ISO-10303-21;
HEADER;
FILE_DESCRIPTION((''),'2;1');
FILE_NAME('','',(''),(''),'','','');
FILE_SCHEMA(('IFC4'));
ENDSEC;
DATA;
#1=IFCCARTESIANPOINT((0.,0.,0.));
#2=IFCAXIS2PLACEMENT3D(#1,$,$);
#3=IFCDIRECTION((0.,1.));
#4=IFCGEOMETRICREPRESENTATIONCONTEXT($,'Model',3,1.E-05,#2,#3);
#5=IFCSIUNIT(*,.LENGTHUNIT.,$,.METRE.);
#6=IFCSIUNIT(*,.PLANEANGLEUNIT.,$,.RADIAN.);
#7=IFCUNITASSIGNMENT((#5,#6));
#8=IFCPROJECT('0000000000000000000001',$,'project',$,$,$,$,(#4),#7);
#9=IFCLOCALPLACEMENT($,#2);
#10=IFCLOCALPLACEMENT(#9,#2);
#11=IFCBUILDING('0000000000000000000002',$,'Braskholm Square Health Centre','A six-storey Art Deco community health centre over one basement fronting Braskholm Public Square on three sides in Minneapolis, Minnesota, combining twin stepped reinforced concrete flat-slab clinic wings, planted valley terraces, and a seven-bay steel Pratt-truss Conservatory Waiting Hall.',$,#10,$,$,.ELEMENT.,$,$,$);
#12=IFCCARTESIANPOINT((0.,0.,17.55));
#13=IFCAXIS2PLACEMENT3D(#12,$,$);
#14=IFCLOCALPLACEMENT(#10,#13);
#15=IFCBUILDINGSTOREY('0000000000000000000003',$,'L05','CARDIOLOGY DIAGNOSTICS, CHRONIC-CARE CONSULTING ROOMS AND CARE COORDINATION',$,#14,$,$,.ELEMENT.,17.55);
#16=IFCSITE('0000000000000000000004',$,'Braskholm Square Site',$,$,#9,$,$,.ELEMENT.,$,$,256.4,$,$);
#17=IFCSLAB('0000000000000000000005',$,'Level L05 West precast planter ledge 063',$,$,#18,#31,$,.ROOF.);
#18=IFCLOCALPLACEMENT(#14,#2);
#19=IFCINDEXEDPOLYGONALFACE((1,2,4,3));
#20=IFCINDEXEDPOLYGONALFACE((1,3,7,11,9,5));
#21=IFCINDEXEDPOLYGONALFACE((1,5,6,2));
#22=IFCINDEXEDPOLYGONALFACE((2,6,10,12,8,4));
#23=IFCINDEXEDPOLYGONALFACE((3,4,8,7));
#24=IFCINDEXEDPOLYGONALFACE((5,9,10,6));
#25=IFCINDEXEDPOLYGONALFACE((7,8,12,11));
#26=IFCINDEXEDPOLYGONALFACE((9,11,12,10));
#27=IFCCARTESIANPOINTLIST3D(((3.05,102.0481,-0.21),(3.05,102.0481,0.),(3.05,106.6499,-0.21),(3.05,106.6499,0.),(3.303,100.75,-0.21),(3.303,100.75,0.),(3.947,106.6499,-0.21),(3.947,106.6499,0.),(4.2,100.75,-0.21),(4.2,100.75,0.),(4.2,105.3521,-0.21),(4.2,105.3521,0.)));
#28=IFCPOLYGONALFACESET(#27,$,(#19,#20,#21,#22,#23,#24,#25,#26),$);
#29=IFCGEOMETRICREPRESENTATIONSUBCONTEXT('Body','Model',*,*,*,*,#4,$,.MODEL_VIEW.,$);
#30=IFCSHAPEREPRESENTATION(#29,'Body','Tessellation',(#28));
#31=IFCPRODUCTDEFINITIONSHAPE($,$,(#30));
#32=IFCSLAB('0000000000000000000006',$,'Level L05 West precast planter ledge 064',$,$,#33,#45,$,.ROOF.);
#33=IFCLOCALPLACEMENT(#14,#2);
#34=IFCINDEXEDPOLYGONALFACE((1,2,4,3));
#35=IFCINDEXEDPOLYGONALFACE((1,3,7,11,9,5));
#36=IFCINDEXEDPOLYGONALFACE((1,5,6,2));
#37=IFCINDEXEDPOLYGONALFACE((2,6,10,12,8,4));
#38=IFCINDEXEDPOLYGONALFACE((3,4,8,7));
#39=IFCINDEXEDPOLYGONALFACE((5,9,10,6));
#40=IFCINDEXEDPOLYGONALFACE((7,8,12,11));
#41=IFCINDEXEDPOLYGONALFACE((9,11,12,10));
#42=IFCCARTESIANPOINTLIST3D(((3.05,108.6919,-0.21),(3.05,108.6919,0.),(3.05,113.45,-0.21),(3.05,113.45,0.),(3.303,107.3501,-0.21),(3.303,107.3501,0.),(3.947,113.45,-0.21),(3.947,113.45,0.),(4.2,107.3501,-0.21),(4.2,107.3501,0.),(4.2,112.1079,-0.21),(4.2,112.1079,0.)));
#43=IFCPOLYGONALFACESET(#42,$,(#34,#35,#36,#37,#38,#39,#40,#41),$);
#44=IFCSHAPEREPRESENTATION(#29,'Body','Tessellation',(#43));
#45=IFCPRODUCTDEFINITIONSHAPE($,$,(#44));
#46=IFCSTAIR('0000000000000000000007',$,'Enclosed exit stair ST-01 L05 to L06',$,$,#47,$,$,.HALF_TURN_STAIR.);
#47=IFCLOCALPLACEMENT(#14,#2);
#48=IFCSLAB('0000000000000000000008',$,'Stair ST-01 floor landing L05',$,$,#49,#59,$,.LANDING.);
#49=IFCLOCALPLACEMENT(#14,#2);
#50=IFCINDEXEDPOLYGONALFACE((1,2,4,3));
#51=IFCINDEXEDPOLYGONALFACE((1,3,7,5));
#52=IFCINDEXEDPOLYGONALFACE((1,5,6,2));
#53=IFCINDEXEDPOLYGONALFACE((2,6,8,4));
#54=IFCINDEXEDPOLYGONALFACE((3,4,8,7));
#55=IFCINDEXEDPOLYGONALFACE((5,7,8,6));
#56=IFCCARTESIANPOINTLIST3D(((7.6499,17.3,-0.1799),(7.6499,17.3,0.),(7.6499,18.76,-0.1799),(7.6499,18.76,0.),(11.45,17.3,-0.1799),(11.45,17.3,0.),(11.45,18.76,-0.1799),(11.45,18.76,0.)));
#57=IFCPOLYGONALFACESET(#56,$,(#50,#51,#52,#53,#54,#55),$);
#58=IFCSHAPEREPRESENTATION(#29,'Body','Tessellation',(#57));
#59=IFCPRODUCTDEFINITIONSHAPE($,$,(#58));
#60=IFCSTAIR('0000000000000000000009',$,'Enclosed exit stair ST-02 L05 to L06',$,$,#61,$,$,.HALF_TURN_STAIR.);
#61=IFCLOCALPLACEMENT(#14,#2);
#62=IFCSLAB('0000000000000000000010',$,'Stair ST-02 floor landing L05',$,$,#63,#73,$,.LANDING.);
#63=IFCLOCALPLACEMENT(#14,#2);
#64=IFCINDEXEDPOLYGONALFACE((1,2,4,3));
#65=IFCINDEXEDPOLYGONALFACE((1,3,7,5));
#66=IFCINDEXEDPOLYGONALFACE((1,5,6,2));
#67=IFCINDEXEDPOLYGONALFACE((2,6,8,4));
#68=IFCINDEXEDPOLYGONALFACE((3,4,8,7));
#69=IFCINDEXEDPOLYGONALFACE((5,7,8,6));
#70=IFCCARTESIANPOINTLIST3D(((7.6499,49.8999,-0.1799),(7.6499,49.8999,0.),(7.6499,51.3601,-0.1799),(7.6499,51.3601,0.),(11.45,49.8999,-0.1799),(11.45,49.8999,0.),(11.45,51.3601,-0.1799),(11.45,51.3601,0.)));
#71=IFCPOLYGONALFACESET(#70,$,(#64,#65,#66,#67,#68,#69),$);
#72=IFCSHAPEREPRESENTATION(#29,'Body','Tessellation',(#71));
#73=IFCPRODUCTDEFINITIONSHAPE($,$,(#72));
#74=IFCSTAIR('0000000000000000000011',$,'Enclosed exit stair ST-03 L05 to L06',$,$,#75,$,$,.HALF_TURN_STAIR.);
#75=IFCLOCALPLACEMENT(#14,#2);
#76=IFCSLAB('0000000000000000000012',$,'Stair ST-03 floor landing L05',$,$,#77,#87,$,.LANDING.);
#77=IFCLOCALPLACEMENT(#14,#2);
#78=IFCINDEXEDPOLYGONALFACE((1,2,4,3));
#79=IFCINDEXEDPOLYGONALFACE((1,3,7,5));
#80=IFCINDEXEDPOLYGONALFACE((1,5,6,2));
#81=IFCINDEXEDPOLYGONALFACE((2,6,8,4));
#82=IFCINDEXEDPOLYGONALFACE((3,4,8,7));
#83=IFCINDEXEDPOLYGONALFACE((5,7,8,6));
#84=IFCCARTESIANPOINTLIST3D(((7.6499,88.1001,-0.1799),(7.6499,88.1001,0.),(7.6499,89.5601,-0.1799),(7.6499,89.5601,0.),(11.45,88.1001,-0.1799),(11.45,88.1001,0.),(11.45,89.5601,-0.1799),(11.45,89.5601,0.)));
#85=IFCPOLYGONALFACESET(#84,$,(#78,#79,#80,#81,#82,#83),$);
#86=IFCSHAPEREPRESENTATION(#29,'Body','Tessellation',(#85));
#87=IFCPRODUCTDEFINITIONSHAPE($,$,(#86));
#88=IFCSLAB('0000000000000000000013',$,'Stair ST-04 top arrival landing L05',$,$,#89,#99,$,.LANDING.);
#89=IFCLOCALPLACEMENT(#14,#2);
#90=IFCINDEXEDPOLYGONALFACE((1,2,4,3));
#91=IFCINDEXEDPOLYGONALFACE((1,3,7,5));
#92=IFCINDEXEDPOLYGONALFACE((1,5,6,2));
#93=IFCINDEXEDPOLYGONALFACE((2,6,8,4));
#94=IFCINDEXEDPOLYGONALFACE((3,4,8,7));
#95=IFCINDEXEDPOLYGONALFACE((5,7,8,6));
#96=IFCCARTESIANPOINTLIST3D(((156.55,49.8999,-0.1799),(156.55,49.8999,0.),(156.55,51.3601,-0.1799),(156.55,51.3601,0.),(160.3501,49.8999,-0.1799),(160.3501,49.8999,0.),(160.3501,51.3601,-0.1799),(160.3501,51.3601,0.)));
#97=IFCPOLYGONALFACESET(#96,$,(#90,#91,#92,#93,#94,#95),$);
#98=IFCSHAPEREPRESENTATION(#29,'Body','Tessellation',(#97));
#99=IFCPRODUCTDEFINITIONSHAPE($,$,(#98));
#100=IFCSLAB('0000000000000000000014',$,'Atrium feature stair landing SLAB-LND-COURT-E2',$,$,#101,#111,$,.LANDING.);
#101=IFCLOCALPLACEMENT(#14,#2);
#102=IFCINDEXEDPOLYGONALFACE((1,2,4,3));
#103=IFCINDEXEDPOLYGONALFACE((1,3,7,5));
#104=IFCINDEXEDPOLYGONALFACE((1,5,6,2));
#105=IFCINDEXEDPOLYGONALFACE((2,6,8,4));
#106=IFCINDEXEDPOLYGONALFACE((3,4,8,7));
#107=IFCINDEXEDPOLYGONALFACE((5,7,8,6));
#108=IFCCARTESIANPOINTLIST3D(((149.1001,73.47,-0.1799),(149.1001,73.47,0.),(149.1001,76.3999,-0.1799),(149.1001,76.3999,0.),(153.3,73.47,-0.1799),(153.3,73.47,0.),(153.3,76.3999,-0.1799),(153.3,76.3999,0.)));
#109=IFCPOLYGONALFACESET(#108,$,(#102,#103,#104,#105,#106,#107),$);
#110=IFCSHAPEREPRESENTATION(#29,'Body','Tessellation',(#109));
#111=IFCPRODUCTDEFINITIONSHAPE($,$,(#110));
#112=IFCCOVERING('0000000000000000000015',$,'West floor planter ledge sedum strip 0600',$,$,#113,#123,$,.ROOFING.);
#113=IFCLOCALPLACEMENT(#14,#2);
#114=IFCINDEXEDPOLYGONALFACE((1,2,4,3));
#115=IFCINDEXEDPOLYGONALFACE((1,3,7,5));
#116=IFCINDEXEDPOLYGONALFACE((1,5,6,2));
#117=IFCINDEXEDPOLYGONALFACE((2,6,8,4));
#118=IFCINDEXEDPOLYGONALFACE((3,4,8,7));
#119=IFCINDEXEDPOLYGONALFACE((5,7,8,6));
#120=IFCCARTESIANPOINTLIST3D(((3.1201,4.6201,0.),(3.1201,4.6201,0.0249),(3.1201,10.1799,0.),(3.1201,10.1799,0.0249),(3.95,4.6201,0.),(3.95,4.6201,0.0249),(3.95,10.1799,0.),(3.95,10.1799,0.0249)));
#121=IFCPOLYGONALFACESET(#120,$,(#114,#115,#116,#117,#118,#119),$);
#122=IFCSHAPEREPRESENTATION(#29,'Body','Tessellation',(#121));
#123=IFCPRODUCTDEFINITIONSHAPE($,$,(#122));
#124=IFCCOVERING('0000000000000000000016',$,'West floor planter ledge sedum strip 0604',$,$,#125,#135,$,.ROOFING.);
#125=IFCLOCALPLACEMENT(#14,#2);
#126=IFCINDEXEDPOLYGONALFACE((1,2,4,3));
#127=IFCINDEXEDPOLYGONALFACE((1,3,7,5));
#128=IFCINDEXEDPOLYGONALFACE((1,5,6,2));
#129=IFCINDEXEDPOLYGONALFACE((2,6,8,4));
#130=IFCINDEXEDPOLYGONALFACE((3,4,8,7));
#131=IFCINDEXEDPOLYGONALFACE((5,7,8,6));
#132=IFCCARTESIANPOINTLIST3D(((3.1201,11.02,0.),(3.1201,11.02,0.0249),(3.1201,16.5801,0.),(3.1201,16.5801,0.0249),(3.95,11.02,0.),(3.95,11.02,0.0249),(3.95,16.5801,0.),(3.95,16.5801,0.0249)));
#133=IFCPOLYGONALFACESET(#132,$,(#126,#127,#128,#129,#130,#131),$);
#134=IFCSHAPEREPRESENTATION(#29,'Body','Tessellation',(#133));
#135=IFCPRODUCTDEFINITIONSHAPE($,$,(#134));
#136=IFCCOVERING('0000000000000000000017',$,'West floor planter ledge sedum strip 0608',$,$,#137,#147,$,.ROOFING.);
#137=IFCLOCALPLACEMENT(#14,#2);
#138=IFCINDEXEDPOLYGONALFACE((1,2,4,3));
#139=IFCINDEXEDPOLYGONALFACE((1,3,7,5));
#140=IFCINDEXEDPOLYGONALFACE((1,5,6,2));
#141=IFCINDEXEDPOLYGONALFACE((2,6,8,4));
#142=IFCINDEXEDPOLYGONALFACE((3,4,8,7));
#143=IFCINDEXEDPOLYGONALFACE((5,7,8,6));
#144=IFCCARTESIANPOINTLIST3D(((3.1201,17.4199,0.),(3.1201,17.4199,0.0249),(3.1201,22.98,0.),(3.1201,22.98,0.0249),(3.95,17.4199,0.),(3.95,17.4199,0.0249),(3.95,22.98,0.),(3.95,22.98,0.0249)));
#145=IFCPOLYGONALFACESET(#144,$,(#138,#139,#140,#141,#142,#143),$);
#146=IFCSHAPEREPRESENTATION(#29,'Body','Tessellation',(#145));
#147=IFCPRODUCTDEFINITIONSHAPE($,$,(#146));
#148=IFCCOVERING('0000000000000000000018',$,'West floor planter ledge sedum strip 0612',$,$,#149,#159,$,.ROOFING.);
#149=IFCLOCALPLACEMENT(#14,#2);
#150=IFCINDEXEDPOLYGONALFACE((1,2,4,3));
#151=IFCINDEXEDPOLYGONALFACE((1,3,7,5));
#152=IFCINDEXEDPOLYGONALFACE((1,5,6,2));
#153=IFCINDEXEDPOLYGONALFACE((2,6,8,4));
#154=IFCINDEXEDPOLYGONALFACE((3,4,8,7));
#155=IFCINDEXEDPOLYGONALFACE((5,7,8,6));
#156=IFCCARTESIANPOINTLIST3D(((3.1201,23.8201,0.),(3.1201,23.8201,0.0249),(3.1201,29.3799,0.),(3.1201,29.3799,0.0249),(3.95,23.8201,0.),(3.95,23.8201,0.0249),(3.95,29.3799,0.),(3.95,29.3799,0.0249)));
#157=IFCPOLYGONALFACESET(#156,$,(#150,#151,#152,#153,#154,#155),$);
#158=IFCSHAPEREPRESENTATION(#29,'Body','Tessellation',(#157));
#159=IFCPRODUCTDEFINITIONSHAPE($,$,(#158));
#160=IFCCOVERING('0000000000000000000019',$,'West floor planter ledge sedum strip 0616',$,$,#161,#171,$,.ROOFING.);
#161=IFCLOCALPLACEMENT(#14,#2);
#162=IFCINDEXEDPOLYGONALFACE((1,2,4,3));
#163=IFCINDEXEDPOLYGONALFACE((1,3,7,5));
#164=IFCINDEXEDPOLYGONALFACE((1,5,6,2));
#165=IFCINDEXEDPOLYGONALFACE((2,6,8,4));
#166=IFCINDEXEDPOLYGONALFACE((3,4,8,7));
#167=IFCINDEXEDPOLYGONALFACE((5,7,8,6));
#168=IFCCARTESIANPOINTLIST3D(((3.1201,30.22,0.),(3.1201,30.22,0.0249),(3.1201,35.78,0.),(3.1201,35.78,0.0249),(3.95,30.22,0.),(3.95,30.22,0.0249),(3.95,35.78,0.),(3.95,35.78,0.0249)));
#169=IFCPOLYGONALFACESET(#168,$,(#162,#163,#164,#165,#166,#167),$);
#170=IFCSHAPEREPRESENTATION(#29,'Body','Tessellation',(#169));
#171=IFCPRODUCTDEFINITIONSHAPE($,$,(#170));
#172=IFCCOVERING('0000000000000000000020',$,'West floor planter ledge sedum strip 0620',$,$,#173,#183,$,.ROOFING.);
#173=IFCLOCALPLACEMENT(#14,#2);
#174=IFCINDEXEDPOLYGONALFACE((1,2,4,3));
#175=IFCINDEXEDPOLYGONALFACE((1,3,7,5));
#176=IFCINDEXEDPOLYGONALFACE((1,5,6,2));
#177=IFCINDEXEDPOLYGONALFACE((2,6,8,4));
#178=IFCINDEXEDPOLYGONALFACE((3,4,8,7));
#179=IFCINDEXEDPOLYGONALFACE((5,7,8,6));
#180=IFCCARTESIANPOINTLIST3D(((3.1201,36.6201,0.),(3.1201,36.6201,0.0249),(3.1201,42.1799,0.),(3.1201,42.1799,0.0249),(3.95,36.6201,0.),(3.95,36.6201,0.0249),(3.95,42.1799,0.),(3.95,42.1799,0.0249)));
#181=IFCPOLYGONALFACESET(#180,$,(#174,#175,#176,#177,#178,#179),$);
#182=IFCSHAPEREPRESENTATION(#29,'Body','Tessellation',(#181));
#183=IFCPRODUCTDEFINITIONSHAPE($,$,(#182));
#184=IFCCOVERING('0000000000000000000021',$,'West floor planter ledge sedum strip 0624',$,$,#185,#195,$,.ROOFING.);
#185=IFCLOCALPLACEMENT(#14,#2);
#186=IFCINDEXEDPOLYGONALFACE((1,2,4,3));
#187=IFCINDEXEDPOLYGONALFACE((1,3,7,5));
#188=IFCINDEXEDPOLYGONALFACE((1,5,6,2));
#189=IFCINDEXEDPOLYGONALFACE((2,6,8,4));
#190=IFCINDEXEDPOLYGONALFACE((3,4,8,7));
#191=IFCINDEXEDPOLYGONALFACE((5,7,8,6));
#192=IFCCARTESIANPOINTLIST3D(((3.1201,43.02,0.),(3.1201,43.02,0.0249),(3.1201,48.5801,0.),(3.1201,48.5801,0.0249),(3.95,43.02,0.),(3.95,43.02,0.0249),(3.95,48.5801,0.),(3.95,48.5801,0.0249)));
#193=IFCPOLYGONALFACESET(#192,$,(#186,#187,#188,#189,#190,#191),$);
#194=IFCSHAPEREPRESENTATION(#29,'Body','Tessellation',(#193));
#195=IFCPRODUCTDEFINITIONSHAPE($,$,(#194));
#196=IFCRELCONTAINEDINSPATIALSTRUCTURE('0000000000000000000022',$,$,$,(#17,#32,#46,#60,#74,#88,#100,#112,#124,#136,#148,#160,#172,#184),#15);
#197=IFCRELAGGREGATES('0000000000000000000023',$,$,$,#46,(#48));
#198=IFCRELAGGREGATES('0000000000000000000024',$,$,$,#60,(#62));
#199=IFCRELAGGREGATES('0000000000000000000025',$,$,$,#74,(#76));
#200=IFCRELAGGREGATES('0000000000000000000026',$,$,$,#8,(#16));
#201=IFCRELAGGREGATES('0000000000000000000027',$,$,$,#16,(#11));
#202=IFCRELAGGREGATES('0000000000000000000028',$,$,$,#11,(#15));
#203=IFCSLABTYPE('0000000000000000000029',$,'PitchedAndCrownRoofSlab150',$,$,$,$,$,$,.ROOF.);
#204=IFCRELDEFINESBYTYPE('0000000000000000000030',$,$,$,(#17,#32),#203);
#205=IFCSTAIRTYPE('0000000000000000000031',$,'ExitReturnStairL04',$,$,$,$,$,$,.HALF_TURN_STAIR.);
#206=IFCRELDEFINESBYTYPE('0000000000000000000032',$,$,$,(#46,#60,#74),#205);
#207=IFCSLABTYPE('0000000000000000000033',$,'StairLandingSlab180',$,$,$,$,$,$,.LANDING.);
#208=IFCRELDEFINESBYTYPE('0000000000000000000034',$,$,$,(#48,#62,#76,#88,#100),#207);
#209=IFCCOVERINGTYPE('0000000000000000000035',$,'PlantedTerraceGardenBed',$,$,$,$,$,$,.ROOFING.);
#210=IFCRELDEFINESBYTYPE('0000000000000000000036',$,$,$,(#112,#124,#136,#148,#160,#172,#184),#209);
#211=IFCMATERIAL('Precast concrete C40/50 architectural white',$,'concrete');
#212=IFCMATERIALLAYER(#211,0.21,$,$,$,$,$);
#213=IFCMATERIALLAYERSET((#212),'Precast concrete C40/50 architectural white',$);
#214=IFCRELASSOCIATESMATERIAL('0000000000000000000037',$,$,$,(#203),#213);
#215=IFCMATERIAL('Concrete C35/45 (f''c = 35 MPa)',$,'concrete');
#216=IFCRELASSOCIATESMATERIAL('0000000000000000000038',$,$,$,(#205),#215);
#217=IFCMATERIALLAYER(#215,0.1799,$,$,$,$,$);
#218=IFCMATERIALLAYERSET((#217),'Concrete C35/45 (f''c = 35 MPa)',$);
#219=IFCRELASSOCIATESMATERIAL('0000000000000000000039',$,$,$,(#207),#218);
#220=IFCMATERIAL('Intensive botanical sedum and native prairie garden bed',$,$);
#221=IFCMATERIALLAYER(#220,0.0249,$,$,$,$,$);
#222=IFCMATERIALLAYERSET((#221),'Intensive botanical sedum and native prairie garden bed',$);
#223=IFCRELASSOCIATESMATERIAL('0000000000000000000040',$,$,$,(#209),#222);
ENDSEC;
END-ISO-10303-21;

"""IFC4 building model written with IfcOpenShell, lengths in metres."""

from ifc_helpers import new_model, si_unit, direction, frame, origin, place, context, subcontext, project, spatial, polyline, outline, extrude, material, layer, layer_set, type_object, element, aggregate, save


model = new_model("IFC4")

# Units and contexts
model_context = context("Model", 3, precision=1e-05, world=origin(), true_north=direction((0.0, 1.0)))
body_context = subcontext(model_context, "Body", "Model", "MODEL_VIEW")
ifc_project = project(units=[si_unit("LENGTHUNIT", "METRE"), si_unit("PLANEANGLEUNIT", "RADIAN")], contexts=[model_context])

# Site, building, storey
site_placement = place(None, origin())
site = spatial("IfcSite", under=ifc_project, at=site_placement, Name="Braskholm Square Site", CompositionType="ELEMENT", RefElevation=256.4)
building_placement = place(site_placement, origin())
building = spatial("IfcBuilding", under=site, at=building_placement, Name="Braskholm Square Health Centre", Description="A six-storey Art Deco community health centre over one basement fronting Braskholm Public Square on three sides in Minneapolis, Minnesota, combining twin stepped reinforced concrete flat-slab clinic wings, planted valley terraces, and a seven-bay steel Pratt-truss Conservatory Waiting Hall.", CompositionType="ELEMENT")
storey_placement = place(building_placement, frame((0.0, 0.0, 17.55)))
storey = spatial("IfcBuildingStorey", under=building, at=storey_placement, Name="L05", Description="CARDIOLOGY DIAGNOSTICS, CHRONIC-CARE CONSULTING ROOMS AND CARE COORDINATION", CompositionType="ELEMENT", Elevation=17.55)

# Slabs
ifc_material_1 = material(Name="Precast concrete C40/50 architectural white", Category="concrete")
ifc_layer_1 = layer(ifc_material_1, 0.21)
ifc_layer_set_1 = layer_set([ifc_layer_1], Name="Precast concrete C40/50 architectural white")
slab_type_1 = type_object("IfcSlabType", Name="PitchedAndCrownRoofSlab150", PredefinedType="ROOF", material=ifc_layer_set_1)
slab_1_placement = place(storey_placement, frame((0.0, 0.0, -0.21)))
element("IfcSlab", 1, at=slab_1_placement, inside=storey, type_object=slab_type_1, Name="Level L05 West precast planter ledge 063", PredefinedType="ROOF", context=body_context, shape_type="SweptSolid", body=[
    extrude(outline(polyline([(3.303, 100.75), (4.2, 100.75), (4.2, 105.3521), (3.947, 106.6499), (3.05, 106.6499), (3.05, 102.0481), (3.303, 100.75)])), origin(), (0.0, 0.0, 1.0), 0.21),
])
slab_2_placement = place(storey_placement, frame((0.0, 0.0, -0.21)))
element("IfcSlab", 2, at=slab_2_placement, inside=storey, type_object=slab_type_1, Name="Level L05 West precast planter ledge 064", PredefinedType="ROOF", context=body_context, shape_type="SweptSolid", body=[
    extrude(outline(polyline([(3.303, 107.3501), (4.2, 107.3501), (4.2, 112.1079), (3.947, 113.45), (3.05, 113.45), (3.05, 108.6919), (3.303, 107.3501)])), origin(), (0.0, 0.0, 1.0), 0.21),
])

# Stairs, slabs
ifc_material_2 = material(Name="Concrete C35/45 (f'c = 35 MPa)", Category="concrete")
stair_type = type_object("IfcStairType", Name="ExitReturnStairL04", PredefinedType="HALF_TURN_STAIR", material=ifc_material_2)
stair_1_placement = place(storey_placement, origin())
stair_1 = element("IfcStair", 3, at=stair_1_placement, inside=storey, type_object=stair_type, Name="Enclosed exit stair ST-01 L05 to L06", PredefinedType="HALF_TURN_STAIR")
ifc_layer_2 = layer(ifc_material_2, 0.1799)
ifc_layer_set_2 = layer_set([ifc_layer_2], Name="Concrete C35/45 (f'c = 35 MPa)")
slab_type_2 = type_object("IfcSlabType", Name="StairLandingSlab180", PredefinedType="LANDING", material=ifc_layer_set_2)
slab_3_placement = place(storey_placement, frame((0.0, 0.0, -0.1799)))
slab_3 = element("IfcSlab", 4, at=slab_3_placement, type_object=slab_type_2, Name="Stair ST-01 floor landing L05", PredefinedType="LANDING", context=body_context, shape_type="SweptSolid", body=[
    extrude(outline(polyline([(7.6499, 17.3), (11.45, 17.3), (11.45, 18.76), (7.6499, 18.76), (7.6499, 17.3)])), origin(), (0.0, 0.0, 1.0), 0.1799),
])
aggregate(stair_1, [slab_3])
stair_2_placement = place(storey_placement, origin())
stair_2 = element("IfcStair", 5, at=stair_2_placement, inside=storey, type_object=stair_type, Name="Enclosed exit stair ST-02 L05 to L06", PredefinedType="HALF_TURN_STAIR")
slab_4_placement = place(storey_placement, frame((0.0, 0.0, -0.1799)))
slab_4 = element("IfcSlab", 6, at=slab_4_placement, type_object=slab_type_2, Name="Stair ST-02 floor landing L05", PredefinedType="LANDING", context=body_context, shape_type="SweptSolid", body=[
    extrude(outline(polyline([(7.6499, 49.8999), (11.45, 49.8999), (11.45, 51.3601), (7.6499, 51.3601), (7.6499, 49.8999)])), origin(), (0.0, 0.0, 1.0), 0.1799),
])
aggregate(stair_2, [slab_4])
stair_3_placement = place(storey_placement, origin())
stair_3 = element("IfcStair", 7, at=stair_3_placement, inside=storey, type_object=stair_type, Name="Enclosed exit stair ST-03 L05 to L06", PredefinedType="HALF_TURN_STAIR")
slab_5_placement = place(storey_placement, frame((0.0, 0.0, -0.1799)))
slab_5 = element("IfcSlab", 8, at=slab_5_placement, type_object=slab_type_2, Name="Stair ST-03 floor landing L05", PredefinedType="LANDING", context=body_context, shape_type="SweptSolid", body=[
    extrude(outline(polyline([(7.6499, 88.1001), (11.45, 88.1001), (11.45, 89.5601), (7.6499, 89.5601), (7.6499, 88.1001)])), origin(), (0.0, 0.0, 1.0), 0.1799),
])
aggregate(stair_3, [slab_5])

# Slabs
slab_6_placement = place(storey_placement, frame((0.0, 0.0, -0.1799)))
element("IfcSlab", 9, at=slab_6_placement, inside=storey, type_object=slab_type_2, Name="Stair ST-04 top arrival landing L05", PredefinedType="LANDING", context=body_context, shape_type="SweptSolid", body=[
    extrude(outline(polyline([(156.55, 49.8999), (160.3501, 49.8999), (160.3501, 51.3601), (156.55, 51.3601), (156.55, 49.8999)])), origin(), (0.0, 0.0, 1.0), 0.1799),
])
slab_7_placement = place(storey_placement, frame((0.0, 0.0, -0.1799)))
element("IfcSlab", 10, at=slab_7_placement, inside=storey, type_object=slab_type_2, Name="Atrium feature stair landing SLAB-LND-COURT-E2", PredefinedType="LANDING", context=body_context, shape_type="SweptSolid", body=[
    extrude(outline(polyline([(149.1001, 73.47), (153.3, 73.47), (153.3, 76.3999), (149.1001, 76.3999), (149.1001, 73.47)])), origin(), (0.0, 0.0, 1.0), 0.1799),
])

# Coverings
ifc_material_3 = material(Name="Intensive botanical sedum and native prairie garden bed")
ifc_layer_3 = layer(ifc_material_3, 0.0249)
ifc_layer_set_3 = layer_set([ifc_layer_3], Name="Intensive botanical sedum and native prairie garden bed")
covering_type = type_object("IfcCoveringType", Name="PlantedTerraceGardenBed", PredefinedType="ROOFING", material=ifc_layer_set_3)
covering_1_placement = place(storey_placement, origin())
element("IfcCovering", 11, at=covering_1_placement, inside=storey, type_object=covering_type, Name="West floor planter ledge sedum strip 0600", PredefinedType="ROOFING", context=body_context, shape_type="SweptSolid", body=[
    extrude(outline(polyline([(3.1201, 4.6201), (3.95, 4.6201), (3.95, 10.1799), (3.1201, 10.1799), (3.1201, 4.6201)])), origin(), (0.0, 0.0, 1.0), 0.0249),
])
covering_2_placement = place(storey_placement, origin())
element("IfcCovering", 12, at=covering_2_placement, inside=storey, type_object=covering_type, Name="West floor planter ledge sedum strip 0604", PredefinedType="ROOFING", context=body_context, shape_type="SweptSolid", body=[
    extrude(outline(polyline([(3.1201, 11.02), (3.95, 11.02), (3.95, 16.5801), (3.1201, 16.5801), (3.1201, 11.02)])), origin(), (0.0, 0.0, 1.0), 0.0249),
])
covering_3_placement = place(storey_placement, origin())
element("IfcCovering", 13, at=covering_3_placement, inside=storey, type_object=covering_type, Name="West floor planter ledge sedum strip 0608", PredefinedType="ROOFING", context=body_context, shape_type="SweptSolid", body=[
    extrude(outline(polyline([(3.1201, 17.4199), (3.95, 17.4199), (3.95, 22.98), (3.1201, 22.98), (3.1201, 17.4199)])), origin(), (0.0, 0.0, 1.0), 0.0249),
])
covering_4_placement = place(storey_placement, origin())
element("IfcCovering", 14, at=covering_4_placement, inside=storey, type_object=covering_type, Name="West floor planter ledge sedum strip 0612", PredefinedType="ROOFING", context=body_context, shape_type="SweptSolid", body=[
    extrude(outline(polyline([(3.1201, 23.8201), (3.95, 23.8201), (3.95, 29.3799), (3.1201, 29.3799), (3.1201, 23.8201)])), origin(), (0.0, 0.0, 1.0), 0.0249),
])
covering_5_placement = place(storey_placement, origin())
element("IfcCovering", 15, at=covering_5_placement, inside=storey, type_object=covering_type, Name="West floor planter ledge sedum strip 0616", PredefinedType="ROOFING", context=body_context, shape_type="SweptSolid", body=[
    extrude(outline(polyline([(3.1201, 30.22), (3.95, 30.22), (3.95, 35.78), (3.1201, 35.78), (3.1201, 30.22)])), origin(), (0.0, 0.0, 1.0), 0.0249),
])
covering_6_placement = place(storey_placement, origin())
element("IfcCovering", 16, at=covering_6_placement, inside=storey, type_object=covering_type, Name="West floor planter ledge sedum strip 0620", PredefinedType="ROOFING", context=body_context, shape_type="SweptSolid", body=[
    extrude(outline(polyline([(3.1201, 36.6201), (3.95, 36.6201), (3.95, 42.1799), (3.1201, 42.1799), (3.1201, 36.6201)])), origin(), (0.0, 0.0, 1.0), 0.0249),
])
covering_7_placement = place(storey_placement, origin())
element("IfcCovering", 17, at=covering_7_placement, inside=storey, type_object=covering_type, Name="West floor planter ledge sedum strip 0624", PredefinedType="ROOFING", context=body_context, shape_type="SweptSolid", body=[
    extrude(outline(polyline([(3.1201, 43.02), (3.95, 43.02), (3.95, 48.5801), (3.1201, 48.5801), (3.1201, 43.02)])), origin(), (0.0, 0.0, 1.0), 0.0249),
])

save(model, "model.ifc")
